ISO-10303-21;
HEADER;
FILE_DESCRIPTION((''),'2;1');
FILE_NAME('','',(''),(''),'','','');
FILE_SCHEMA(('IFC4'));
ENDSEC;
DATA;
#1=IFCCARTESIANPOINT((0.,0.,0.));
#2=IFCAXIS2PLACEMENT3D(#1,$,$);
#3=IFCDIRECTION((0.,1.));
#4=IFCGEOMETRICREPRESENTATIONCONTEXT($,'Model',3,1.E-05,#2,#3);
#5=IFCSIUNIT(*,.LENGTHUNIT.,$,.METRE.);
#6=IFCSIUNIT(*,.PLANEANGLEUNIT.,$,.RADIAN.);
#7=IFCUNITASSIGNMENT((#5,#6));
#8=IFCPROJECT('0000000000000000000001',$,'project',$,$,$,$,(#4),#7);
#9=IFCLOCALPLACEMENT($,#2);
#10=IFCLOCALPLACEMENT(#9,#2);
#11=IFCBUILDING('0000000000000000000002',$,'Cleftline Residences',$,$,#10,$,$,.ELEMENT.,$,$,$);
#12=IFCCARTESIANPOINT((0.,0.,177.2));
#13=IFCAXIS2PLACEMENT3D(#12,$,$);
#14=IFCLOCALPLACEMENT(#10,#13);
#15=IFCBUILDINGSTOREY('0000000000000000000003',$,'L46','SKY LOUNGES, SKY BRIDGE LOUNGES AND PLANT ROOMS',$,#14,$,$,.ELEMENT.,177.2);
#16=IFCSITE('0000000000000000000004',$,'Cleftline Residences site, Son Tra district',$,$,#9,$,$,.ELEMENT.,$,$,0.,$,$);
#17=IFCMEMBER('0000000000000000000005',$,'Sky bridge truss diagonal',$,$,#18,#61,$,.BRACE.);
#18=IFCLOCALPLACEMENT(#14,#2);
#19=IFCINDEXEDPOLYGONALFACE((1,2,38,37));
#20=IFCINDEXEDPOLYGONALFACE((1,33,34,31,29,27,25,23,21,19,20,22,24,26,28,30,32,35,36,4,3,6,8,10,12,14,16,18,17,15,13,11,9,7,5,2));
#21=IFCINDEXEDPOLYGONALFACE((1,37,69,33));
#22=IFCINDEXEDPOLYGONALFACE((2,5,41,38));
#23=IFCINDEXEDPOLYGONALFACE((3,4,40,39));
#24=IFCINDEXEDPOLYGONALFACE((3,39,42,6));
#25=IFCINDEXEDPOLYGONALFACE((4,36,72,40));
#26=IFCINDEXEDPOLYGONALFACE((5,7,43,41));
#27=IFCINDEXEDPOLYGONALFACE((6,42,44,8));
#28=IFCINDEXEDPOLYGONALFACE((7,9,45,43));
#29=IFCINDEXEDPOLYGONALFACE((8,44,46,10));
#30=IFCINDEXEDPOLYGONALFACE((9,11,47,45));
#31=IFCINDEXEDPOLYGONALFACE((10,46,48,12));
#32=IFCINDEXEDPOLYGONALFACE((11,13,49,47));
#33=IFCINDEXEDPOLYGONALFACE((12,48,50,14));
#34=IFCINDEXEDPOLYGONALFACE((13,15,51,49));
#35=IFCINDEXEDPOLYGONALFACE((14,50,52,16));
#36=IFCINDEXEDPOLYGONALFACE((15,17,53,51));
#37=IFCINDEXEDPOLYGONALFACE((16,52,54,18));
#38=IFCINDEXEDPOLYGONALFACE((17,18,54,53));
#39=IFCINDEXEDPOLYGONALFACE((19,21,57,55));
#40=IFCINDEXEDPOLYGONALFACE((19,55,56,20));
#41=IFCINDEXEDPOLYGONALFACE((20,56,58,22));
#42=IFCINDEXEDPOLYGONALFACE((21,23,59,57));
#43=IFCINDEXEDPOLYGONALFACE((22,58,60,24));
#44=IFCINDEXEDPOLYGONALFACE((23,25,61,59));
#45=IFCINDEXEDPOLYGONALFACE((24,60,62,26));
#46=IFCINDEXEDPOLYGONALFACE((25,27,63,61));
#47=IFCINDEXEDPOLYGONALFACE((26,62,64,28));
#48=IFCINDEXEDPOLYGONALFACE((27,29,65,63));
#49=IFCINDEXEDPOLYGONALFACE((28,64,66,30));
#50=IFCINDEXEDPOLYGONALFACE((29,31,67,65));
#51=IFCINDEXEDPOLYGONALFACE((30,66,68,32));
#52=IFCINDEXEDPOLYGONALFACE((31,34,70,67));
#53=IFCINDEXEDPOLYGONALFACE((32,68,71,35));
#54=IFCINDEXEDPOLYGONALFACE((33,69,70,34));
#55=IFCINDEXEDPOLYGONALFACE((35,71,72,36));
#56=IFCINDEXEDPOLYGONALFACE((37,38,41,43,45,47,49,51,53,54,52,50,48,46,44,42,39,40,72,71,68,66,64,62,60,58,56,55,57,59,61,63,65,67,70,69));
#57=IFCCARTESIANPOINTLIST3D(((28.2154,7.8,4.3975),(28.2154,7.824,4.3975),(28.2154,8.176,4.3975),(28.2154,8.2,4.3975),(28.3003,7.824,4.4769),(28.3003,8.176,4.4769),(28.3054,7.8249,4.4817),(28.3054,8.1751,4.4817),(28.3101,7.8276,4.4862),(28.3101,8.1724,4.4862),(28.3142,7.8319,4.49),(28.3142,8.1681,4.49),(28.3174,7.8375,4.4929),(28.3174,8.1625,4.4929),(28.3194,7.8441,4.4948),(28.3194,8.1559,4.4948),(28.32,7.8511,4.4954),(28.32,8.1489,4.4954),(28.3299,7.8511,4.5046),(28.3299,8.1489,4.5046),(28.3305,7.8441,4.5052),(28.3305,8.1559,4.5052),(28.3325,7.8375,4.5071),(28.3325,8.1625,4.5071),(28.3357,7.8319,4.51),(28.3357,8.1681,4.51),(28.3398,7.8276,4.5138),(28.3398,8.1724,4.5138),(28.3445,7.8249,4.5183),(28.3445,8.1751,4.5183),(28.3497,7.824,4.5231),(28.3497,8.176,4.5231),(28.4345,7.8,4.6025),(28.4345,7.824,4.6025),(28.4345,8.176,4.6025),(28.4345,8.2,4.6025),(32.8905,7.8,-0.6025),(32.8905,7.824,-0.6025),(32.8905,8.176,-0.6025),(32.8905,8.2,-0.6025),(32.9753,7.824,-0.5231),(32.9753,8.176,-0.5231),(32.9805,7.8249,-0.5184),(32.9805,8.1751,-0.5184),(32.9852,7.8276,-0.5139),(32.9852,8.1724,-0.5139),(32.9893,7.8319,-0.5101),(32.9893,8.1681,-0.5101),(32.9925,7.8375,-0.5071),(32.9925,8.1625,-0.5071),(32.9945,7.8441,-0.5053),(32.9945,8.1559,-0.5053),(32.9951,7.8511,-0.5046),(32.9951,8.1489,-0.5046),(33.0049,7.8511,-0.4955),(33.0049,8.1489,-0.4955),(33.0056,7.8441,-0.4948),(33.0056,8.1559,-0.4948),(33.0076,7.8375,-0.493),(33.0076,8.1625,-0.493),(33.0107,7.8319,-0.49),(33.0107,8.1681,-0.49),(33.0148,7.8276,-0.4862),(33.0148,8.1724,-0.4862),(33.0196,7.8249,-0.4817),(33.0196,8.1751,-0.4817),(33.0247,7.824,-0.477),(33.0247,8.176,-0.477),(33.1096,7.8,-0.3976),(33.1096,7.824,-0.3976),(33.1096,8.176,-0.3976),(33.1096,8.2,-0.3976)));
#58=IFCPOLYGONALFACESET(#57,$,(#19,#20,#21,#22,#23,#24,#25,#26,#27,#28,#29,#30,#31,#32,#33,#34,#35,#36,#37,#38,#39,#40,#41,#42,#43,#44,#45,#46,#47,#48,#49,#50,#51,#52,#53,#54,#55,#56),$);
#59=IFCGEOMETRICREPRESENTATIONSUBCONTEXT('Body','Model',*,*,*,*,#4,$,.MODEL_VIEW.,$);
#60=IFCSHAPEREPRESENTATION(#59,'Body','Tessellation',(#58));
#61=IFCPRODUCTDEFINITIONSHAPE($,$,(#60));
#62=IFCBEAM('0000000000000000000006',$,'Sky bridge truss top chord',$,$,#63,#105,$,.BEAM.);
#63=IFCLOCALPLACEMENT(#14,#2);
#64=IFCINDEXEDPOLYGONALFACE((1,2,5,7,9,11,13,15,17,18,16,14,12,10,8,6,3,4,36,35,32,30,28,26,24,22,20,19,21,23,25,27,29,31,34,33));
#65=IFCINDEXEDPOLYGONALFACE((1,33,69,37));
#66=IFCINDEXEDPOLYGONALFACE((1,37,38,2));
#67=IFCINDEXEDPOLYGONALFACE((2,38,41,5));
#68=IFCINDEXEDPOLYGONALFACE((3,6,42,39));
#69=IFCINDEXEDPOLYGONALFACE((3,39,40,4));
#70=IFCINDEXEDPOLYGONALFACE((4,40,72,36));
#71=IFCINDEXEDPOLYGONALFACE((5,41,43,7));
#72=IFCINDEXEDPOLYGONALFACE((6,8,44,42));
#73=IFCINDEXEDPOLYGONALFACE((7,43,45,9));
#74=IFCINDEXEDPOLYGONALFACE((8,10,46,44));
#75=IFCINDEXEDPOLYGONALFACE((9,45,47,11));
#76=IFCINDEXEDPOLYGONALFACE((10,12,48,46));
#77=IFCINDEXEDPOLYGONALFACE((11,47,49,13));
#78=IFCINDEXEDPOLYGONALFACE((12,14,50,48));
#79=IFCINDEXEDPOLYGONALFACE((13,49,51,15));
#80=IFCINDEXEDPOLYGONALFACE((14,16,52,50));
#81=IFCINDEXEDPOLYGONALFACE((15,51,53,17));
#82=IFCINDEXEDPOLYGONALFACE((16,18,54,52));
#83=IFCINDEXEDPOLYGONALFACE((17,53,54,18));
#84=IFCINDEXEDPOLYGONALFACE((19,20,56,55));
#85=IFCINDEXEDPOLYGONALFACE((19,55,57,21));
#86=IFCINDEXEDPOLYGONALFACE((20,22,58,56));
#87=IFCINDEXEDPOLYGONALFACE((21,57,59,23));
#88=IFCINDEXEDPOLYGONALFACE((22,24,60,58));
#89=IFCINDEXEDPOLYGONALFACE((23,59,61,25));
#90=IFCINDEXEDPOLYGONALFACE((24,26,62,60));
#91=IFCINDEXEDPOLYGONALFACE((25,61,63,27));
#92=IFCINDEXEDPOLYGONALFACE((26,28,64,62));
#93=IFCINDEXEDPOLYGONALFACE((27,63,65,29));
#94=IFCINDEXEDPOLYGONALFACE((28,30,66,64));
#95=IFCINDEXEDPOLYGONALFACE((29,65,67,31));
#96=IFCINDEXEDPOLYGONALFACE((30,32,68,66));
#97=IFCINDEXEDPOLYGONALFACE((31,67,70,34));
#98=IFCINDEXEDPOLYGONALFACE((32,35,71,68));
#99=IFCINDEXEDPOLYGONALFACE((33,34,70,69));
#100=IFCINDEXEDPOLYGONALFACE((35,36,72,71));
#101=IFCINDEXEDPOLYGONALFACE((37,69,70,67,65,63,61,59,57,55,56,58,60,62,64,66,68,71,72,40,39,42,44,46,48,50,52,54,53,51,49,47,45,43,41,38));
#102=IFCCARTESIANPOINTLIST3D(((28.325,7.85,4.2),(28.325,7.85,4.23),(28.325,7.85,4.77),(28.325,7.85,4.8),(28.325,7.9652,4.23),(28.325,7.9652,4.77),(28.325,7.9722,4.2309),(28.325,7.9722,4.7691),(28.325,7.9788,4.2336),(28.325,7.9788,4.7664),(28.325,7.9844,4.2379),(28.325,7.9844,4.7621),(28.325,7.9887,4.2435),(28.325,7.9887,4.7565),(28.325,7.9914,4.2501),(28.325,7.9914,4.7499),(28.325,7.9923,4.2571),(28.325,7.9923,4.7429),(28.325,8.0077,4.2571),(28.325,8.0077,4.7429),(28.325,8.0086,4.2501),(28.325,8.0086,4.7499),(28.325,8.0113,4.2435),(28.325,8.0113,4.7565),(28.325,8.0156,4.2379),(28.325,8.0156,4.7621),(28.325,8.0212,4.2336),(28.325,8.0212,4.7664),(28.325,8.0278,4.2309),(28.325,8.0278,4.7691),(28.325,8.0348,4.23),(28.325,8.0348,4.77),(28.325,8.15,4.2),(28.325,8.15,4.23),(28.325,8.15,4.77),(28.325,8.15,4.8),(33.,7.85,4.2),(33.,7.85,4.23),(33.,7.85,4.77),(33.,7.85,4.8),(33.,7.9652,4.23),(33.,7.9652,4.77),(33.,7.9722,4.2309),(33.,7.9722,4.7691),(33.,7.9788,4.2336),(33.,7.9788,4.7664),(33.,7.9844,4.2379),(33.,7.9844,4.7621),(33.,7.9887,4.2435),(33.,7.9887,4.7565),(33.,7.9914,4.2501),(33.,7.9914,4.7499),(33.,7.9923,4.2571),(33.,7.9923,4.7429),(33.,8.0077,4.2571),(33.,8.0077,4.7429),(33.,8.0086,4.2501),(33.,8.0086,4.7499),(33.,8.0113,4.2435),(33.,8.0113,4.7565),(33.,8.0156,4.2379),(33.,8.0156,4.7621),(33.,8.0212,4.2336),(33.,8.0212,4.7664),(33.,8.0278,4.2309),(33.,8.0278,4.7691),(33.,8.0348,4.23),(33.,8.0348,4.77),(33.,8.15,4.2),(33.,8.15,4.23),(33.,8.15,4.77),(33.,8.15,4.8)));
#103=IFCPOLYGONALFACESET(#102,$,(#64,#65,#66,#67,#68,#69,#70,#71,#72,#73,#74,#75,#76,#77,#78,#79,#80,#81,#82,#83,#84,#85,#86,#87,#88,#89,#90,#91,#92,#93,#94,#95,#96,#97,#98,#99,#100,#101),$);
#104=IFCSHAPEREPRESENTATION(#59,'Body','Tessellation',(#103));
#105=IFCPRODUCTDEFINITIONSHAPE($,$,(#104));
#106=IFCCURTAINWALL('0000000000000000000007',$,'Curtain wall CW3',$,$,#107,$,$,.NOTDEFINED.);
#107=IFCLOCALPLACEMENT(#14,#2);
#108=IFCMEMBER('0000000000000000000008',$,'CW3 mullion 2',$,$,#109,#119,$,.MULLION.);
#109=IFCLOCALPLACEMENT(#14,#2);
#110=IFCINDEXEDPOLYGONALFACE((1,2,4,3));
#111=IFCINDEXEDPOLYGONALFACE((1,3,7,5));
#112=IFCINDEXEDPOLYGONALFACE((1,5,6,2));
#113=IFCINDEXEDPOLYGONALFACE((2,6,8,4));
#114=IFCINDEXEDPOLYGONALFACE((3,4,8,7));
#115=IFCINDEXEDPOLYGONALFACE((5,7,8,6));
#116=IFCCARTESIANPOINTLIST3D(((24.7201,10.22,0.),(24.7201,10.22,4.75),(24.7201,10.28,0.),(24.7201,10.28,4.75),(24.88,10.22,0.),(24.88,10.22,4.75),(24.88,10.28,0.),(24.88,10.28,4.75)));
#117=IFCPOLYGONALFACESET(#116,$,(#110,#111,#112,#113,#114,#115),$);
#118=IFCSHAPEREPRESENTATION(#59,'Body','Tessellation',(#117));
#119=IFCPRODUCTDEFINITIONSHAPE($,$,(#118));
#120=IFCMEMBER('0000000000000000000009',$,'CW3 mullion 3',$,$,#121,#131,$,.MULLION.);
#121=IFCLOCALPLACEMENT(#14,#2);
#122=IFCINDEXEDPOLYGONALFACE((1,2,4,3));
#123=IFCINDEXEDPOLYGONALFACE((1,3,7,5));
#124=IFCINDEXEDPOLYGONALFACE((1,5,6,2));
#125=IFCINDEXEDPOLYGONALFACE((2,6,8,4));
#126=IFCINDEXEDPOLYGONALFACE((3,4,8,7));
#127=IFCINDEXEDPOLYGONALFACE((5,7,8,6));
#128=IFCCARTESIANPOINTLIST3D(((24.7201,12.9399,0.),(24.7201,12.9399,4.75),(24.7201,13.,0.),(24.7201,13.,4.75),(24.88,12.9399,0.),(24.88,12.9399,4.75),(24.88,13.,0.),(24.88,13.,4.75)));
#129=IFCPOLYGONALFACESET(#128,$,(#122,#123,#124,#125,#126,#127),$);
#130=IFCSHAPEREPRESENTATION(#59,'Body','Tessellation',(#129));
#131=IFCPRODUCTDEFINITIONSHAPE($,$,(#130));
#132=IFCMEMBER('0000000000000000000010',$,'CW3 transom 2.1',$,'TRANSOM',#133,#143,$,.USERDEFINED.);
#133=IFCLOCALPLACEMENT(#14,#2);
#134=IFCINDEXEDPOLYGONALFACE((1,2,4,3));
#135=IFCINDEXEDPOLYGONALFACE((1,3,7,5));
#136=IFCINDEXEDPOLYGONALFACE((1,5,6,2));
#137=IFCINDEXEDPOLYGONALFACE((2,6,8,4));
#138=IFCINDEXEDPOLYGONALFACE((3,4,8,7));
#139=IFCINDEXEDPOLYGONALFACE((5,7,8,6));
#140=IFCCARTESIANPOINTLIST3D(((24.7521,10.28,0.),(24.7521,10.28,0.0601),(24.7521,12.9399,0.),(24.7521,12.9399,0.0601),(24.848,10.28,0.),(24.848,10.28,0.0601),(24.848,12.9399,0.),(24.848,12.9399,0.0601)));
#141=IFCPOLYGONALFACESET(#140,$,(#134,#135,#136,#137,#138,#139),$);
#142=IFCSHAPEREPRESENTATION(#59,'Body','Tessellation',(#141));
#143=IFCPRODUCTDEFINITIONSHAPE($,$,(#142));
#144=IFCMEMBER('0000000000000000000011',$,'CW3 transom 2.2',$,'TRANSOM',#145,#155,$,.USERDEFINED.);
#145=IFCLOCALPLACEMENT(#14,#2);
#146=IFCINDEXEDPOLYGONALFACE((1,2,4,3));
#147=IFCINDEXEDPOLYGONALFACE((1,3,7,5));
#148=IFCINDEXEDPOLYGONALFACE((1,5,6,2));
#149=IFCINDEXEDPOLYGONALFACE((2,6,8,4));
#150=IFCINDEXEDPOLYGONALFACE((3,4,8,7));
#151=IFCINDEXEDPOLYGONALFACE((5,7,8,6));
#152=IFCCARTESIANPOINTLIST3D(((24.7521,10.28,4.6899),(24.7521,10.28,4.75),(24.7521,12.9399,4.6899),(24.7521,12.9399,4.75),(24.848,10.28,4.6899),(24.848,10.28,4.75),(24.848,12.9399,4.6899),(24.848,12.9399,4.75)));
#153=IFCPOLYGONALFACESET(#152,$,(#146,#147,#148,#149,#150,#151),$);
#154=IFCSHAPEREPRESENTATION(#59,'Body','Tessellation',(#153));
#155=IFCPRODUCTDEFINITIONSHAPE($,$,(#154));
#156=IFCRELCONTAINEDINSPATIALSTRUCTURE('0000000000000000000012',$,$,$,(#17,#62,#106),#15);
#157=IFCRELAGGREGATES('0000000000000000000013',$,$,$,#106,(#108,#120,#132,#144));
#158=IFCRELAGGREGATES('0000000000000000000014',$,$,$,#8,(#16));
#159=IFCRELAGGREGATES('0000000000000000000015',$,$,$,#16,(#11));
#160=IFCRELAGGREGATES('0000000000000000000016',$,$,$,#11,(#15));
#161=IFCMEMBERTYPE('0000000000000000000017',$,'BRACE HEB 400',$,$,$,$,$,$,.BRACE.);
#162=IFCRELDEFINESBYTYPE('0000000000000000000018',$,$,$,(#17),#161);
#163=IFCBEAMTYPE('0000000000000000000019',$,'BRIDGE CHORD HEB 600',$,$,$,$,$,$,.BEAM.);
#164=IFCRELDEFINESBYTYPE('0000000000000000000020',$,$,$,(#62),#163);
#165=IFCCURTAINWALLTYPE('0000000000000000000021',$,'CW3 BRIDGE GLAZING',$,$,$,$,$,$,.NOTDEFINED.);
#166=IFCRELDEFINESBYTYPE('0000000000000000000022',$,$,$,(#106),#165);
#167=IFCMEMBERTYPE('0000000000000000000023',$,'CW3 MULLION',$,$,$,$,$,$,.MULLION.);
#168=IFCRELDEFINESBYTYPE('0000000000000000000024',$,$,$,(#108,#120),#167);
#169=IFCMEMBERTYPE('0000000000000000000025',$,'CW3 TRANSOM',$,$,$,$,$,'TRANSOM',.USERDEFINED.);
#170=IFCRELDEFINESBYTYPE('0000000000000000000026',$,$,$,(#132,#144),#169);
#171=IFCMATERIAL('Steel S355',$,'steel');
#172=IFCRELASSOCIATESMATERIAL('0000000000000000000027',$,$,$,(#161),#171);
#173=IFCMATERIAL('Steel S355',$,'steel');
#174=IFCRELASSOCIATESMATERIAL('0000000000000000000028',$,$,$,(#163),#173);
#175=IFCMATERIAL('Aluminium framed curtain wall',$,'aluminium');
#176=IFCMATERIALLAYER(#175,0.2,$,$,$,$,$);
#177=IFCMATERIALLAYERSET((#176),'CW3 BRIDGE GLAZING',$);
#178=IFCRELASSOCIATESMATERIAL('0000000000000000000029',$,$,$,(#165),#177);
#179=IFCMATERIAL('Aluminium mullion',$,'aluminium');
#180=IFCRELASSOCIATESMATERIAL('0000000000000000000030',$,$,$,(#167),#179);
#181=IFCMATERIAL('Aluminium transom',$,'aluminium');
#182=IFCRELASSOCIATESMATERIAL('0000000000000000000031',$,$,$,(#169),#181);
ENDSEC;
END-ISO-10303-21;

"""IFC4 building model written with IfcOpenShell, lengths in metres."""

from ifc_helpers import new_model, si_unit, direction, frame, origin, origin_2d, place, context, subcontext, project, spatial, rectangle, i_section, extrude, material, layer, layer_set, material_profile, profile_set, type_object, element, aggregate, save


model = new_model("IFC4")

# Units and contexts
model_context = context("Model", 3, precision=1e-05, world=origin(), true_north=direction((0.0, 1.0)))
body_context = subcontext(model_context, "Body", "Model", "MODEL_VIEW")
ifc_project = project(units=[si_unit("LENGTHUNIT", "METRE"), si_unit("PLANEANGLEUNIT", "RADIAN")], contexts=[model_context])

# Site, building, storey
site_placement = place(None, origin())
site = spatial("IfcSite", under=ifc_project, at=site_placement, Name="Cleftline Residences site, Son Tra district", CompositionType="ELEMENT", RefElevation=0.0)
building_placement = place(site_placement, origin())
building = spatial("IfcBuilding", under=site, at=building_placement, Name="Cleftline Residences", CompositionType="ELEMENT")
storey_placement = place(building_placement, frame((0.0, 0.0, 177.2)))
storey = spatial("IfcBuildingStorey", under=building, at=storey_placement, Name="L46", Description="SKY LOUNGES, SKY BRIDGE LOUNGES AND PLANT ROOMS", CompositionType="ELEMENT", Elevation=177.2)

# Member
ifc_material_1 = material(Name="Steel S355", Category="steel")
ifc_material_profile_1 = material_profile(ifc_material_1, i_section(OverallWidth=0.3, OverallDepth=0.3999, WebThickness=0.0134, FlangeThickness=0.0239, FilletRadius=0.0271, at=origin_2d()))
ifc_profile_set_1 = profile_set([ifc_material_profile_1], Name="Steel S355")
member_type_1 = type_object("IfcMemberType", Name="BRACE HEB 400", PredefinedType="BRACE", material=ifc_profile_set_1)
member_1_placement = place(storey_placement, frame((28.325, 8.0, 4.5), z_axis=(0.682972, 0.0, -0.730444), x_axis=(0.730444, 0.0, 0.682972)))
element("IfcMember", 1, at=member_1_placement, inside=storey, type_object=member_type_1, Name="Sky bridge truss diagonal", PredefinedType="BRACE", context=body_context, shape_type="SweptSolid", body=[
    extrude(i_section(OverallWidth=0.3, OverallDepth=0.3999, WebThickness=0.0134, FlangeThickness=0.0239, FilletRadius=0.0271, at=origin_2d()), origin(), (0.0, 0.0, 1.0), 6.8452),
])

# Beam
ifc_material_2 = material(Name="Steel S355", Category="steel")
ifc_material_profile_2 = material_profile(ifc_material_2, i_section(OverallWidth=0.3, OverallDepth=0.6001, WebThickness=0.0154, FlangeThickness=0.03, FilletRadius=0.0271, at=origin_2d()))
ifc_profile_set_2 = profile_set([ifc_material_profile_2], Name="Steel S355")
beam_type_1 = type_object("IfcBeamType", Name="BRIDGE CHORD HEB 600", PredefinedType="BEAM", material=ifc_profile_set_2)
beam_1_placement = place(storey_placement, frame((28.325, 8.0, 4.5), z_axis=(1.0, 0.0, 0.0), x_axis=(0.0, 1.0, 0.0)))
element("IfcBeam", 2, at=beam_1_placement, inside=storey, type_object=beam_type_1, Name="Sky bridge truss top chord", PredefinedType="BEAM", context=body_context, shape_type="SweptSolid", body=[
    extrude(i_section(OverallWidth=0.3, OverallDepth=0.6001, WebThickness=0.0154, FlangeThickness=0.03, FilletRadius=0.0271, at=origin_2d()), origin(), (0.0, 0.0, 1.0), 4.675),
])

# Curtain wall, members
ifc_material_3 = material(Name="Aluminium framed curtain wall", Category="aluminium")
ifc_layer_1 = layer(ifc_material_3, 0.2)
ifc_layer_set_1 = layer_set([ifc_layer_1], Name="CW3 BRIDGE GLAZING")
curtain_wall_type = type_object("IfcCurtainWallType", Name="CW3 BRIDGE GLAZING", PredefinedType="NOTDEFINED", material=ifc_layer_set_1)
curtain_wall_placement = place(storey_placement, origin())
curtain_wall = element("IfcCurtainWall", 3, at=curtain_wall_placement, inside=storey, type_object=curtain_wall_type, Name="Curtain wall CW3", PredefinedType="NOTDEFINED")
ifc_material_4 = material(Name="Aluminium mullion", Category="aluminium")
ifc_material_profile_3 = material_profile(ifc_material_4, rectangle(XDim=0.1599, YDim=0.0601, at=origin_2d()))
ifc_profile_set_3 = profile_set([ifc_material_profile_3], Name="Aluminium mullion")
member_type_2 = type_object("IfcMemberType", Name="CW3 MULLION", PredefinedType="MULLION", material=ifc_profile_set_3)
member_2_placement = place(storey_placement, frame((24.8, 10.25, 0.0), z_axis=(0.0, 0.0, 1.0), x_axis=(-1.0, 0.0, 0.0)))
member_2 = element("IfcMember", 4, at=member_2_placement, type_object=member_type_2, Name="CW3 mullion 2", PredefinedType="MULLION", context=body_context, shape_type="SweptSolid", body=[
    extrude(rectangle(XDim=0.1599, YDim=0.0601, at=origin_2d()), origin(), (0.0, 0.0, 1.0), 4.75),
])
member_3_placement = place(storey_placement, frame((24.8, 12.97, 0.0), z_axis=(0.0, 0.0, 1.0), x_axis=(-1.0, 0.0, 0.0)))
member_3 = element("IfcMember", 5, at=member_3_placement, type_object=member_type_2, Name="CW3 mullion 3", PredefinedType="MULLION", context=body_context, shape_type="SweptSolid", body=[
    extrude(rectangle(XDim=0.1599, YDim=0.0601, at=origin_2d()), origin(), (0.0, 0.0, 1.0), 4.75),
])
ifc_material_5 = material(Name="Aluminium transom", Category="aluminium")
ifc_material_profile_4 = material_profile(ifc_material_5, rectangle(XDim=0.0959, YDim=0.0601, at=origin_2d()))
ifc_profile_set_4 = profile_set([ifc_material_profile_4], Name="Aluminium transom")
member_type_3 = type_object("IfcMemberType", Name="CW3 TRANSOM", ElementType="TRANSOM", PredefinedType="USERDEFINED", material=ifc_profile_set_4)
member_4_placement = place(storey_placement, frame((24.8, 10.28, 0.03), z_axis=(0.0, 1.0, 0.0), x_axis=(-1.0, 0.0, 0.0)))
member_4 = element("IfcMember", 6, at=member_4_placement, type_object=member_type_3, Name="CW3 transom 2.1", ObjectType="TRANSOM", PredefinedType="USERDEFINED", context=body_context, shape_type="SweptSolid", body=[
    extrude(rectangle(XDim=0.0959, YDim=0.0601, at=origin_2d()), origin(), (0.0, 0.0, 1.0), 2.6599),
])
member_5_placement = place(storey_placement, frame((24.8, 10.28, 4.72), z_axis=(0.0, 1.0, 0.0), x_axis=(-1.0, 0.0, 0.0)))
member_5 = element("IfcMember", 7, at=member_5_placement, type_object=member_type_3, Name="CW3 transom 2.2", ObjectType="TRANSOM", PredefinedType="USERDEFINED", context=body_context, shape_type="SweptSolid", body=[
    extrude(rectangle(XDim=0.0959, YDim=0.0601, at=origin_2d()), origin(), (0.0, 0.0, 1.0), 2.6599),
])

aggregate(curtain_wall, [member_2, member_3, member_4, member_5])

save(model, "model.ifc")
